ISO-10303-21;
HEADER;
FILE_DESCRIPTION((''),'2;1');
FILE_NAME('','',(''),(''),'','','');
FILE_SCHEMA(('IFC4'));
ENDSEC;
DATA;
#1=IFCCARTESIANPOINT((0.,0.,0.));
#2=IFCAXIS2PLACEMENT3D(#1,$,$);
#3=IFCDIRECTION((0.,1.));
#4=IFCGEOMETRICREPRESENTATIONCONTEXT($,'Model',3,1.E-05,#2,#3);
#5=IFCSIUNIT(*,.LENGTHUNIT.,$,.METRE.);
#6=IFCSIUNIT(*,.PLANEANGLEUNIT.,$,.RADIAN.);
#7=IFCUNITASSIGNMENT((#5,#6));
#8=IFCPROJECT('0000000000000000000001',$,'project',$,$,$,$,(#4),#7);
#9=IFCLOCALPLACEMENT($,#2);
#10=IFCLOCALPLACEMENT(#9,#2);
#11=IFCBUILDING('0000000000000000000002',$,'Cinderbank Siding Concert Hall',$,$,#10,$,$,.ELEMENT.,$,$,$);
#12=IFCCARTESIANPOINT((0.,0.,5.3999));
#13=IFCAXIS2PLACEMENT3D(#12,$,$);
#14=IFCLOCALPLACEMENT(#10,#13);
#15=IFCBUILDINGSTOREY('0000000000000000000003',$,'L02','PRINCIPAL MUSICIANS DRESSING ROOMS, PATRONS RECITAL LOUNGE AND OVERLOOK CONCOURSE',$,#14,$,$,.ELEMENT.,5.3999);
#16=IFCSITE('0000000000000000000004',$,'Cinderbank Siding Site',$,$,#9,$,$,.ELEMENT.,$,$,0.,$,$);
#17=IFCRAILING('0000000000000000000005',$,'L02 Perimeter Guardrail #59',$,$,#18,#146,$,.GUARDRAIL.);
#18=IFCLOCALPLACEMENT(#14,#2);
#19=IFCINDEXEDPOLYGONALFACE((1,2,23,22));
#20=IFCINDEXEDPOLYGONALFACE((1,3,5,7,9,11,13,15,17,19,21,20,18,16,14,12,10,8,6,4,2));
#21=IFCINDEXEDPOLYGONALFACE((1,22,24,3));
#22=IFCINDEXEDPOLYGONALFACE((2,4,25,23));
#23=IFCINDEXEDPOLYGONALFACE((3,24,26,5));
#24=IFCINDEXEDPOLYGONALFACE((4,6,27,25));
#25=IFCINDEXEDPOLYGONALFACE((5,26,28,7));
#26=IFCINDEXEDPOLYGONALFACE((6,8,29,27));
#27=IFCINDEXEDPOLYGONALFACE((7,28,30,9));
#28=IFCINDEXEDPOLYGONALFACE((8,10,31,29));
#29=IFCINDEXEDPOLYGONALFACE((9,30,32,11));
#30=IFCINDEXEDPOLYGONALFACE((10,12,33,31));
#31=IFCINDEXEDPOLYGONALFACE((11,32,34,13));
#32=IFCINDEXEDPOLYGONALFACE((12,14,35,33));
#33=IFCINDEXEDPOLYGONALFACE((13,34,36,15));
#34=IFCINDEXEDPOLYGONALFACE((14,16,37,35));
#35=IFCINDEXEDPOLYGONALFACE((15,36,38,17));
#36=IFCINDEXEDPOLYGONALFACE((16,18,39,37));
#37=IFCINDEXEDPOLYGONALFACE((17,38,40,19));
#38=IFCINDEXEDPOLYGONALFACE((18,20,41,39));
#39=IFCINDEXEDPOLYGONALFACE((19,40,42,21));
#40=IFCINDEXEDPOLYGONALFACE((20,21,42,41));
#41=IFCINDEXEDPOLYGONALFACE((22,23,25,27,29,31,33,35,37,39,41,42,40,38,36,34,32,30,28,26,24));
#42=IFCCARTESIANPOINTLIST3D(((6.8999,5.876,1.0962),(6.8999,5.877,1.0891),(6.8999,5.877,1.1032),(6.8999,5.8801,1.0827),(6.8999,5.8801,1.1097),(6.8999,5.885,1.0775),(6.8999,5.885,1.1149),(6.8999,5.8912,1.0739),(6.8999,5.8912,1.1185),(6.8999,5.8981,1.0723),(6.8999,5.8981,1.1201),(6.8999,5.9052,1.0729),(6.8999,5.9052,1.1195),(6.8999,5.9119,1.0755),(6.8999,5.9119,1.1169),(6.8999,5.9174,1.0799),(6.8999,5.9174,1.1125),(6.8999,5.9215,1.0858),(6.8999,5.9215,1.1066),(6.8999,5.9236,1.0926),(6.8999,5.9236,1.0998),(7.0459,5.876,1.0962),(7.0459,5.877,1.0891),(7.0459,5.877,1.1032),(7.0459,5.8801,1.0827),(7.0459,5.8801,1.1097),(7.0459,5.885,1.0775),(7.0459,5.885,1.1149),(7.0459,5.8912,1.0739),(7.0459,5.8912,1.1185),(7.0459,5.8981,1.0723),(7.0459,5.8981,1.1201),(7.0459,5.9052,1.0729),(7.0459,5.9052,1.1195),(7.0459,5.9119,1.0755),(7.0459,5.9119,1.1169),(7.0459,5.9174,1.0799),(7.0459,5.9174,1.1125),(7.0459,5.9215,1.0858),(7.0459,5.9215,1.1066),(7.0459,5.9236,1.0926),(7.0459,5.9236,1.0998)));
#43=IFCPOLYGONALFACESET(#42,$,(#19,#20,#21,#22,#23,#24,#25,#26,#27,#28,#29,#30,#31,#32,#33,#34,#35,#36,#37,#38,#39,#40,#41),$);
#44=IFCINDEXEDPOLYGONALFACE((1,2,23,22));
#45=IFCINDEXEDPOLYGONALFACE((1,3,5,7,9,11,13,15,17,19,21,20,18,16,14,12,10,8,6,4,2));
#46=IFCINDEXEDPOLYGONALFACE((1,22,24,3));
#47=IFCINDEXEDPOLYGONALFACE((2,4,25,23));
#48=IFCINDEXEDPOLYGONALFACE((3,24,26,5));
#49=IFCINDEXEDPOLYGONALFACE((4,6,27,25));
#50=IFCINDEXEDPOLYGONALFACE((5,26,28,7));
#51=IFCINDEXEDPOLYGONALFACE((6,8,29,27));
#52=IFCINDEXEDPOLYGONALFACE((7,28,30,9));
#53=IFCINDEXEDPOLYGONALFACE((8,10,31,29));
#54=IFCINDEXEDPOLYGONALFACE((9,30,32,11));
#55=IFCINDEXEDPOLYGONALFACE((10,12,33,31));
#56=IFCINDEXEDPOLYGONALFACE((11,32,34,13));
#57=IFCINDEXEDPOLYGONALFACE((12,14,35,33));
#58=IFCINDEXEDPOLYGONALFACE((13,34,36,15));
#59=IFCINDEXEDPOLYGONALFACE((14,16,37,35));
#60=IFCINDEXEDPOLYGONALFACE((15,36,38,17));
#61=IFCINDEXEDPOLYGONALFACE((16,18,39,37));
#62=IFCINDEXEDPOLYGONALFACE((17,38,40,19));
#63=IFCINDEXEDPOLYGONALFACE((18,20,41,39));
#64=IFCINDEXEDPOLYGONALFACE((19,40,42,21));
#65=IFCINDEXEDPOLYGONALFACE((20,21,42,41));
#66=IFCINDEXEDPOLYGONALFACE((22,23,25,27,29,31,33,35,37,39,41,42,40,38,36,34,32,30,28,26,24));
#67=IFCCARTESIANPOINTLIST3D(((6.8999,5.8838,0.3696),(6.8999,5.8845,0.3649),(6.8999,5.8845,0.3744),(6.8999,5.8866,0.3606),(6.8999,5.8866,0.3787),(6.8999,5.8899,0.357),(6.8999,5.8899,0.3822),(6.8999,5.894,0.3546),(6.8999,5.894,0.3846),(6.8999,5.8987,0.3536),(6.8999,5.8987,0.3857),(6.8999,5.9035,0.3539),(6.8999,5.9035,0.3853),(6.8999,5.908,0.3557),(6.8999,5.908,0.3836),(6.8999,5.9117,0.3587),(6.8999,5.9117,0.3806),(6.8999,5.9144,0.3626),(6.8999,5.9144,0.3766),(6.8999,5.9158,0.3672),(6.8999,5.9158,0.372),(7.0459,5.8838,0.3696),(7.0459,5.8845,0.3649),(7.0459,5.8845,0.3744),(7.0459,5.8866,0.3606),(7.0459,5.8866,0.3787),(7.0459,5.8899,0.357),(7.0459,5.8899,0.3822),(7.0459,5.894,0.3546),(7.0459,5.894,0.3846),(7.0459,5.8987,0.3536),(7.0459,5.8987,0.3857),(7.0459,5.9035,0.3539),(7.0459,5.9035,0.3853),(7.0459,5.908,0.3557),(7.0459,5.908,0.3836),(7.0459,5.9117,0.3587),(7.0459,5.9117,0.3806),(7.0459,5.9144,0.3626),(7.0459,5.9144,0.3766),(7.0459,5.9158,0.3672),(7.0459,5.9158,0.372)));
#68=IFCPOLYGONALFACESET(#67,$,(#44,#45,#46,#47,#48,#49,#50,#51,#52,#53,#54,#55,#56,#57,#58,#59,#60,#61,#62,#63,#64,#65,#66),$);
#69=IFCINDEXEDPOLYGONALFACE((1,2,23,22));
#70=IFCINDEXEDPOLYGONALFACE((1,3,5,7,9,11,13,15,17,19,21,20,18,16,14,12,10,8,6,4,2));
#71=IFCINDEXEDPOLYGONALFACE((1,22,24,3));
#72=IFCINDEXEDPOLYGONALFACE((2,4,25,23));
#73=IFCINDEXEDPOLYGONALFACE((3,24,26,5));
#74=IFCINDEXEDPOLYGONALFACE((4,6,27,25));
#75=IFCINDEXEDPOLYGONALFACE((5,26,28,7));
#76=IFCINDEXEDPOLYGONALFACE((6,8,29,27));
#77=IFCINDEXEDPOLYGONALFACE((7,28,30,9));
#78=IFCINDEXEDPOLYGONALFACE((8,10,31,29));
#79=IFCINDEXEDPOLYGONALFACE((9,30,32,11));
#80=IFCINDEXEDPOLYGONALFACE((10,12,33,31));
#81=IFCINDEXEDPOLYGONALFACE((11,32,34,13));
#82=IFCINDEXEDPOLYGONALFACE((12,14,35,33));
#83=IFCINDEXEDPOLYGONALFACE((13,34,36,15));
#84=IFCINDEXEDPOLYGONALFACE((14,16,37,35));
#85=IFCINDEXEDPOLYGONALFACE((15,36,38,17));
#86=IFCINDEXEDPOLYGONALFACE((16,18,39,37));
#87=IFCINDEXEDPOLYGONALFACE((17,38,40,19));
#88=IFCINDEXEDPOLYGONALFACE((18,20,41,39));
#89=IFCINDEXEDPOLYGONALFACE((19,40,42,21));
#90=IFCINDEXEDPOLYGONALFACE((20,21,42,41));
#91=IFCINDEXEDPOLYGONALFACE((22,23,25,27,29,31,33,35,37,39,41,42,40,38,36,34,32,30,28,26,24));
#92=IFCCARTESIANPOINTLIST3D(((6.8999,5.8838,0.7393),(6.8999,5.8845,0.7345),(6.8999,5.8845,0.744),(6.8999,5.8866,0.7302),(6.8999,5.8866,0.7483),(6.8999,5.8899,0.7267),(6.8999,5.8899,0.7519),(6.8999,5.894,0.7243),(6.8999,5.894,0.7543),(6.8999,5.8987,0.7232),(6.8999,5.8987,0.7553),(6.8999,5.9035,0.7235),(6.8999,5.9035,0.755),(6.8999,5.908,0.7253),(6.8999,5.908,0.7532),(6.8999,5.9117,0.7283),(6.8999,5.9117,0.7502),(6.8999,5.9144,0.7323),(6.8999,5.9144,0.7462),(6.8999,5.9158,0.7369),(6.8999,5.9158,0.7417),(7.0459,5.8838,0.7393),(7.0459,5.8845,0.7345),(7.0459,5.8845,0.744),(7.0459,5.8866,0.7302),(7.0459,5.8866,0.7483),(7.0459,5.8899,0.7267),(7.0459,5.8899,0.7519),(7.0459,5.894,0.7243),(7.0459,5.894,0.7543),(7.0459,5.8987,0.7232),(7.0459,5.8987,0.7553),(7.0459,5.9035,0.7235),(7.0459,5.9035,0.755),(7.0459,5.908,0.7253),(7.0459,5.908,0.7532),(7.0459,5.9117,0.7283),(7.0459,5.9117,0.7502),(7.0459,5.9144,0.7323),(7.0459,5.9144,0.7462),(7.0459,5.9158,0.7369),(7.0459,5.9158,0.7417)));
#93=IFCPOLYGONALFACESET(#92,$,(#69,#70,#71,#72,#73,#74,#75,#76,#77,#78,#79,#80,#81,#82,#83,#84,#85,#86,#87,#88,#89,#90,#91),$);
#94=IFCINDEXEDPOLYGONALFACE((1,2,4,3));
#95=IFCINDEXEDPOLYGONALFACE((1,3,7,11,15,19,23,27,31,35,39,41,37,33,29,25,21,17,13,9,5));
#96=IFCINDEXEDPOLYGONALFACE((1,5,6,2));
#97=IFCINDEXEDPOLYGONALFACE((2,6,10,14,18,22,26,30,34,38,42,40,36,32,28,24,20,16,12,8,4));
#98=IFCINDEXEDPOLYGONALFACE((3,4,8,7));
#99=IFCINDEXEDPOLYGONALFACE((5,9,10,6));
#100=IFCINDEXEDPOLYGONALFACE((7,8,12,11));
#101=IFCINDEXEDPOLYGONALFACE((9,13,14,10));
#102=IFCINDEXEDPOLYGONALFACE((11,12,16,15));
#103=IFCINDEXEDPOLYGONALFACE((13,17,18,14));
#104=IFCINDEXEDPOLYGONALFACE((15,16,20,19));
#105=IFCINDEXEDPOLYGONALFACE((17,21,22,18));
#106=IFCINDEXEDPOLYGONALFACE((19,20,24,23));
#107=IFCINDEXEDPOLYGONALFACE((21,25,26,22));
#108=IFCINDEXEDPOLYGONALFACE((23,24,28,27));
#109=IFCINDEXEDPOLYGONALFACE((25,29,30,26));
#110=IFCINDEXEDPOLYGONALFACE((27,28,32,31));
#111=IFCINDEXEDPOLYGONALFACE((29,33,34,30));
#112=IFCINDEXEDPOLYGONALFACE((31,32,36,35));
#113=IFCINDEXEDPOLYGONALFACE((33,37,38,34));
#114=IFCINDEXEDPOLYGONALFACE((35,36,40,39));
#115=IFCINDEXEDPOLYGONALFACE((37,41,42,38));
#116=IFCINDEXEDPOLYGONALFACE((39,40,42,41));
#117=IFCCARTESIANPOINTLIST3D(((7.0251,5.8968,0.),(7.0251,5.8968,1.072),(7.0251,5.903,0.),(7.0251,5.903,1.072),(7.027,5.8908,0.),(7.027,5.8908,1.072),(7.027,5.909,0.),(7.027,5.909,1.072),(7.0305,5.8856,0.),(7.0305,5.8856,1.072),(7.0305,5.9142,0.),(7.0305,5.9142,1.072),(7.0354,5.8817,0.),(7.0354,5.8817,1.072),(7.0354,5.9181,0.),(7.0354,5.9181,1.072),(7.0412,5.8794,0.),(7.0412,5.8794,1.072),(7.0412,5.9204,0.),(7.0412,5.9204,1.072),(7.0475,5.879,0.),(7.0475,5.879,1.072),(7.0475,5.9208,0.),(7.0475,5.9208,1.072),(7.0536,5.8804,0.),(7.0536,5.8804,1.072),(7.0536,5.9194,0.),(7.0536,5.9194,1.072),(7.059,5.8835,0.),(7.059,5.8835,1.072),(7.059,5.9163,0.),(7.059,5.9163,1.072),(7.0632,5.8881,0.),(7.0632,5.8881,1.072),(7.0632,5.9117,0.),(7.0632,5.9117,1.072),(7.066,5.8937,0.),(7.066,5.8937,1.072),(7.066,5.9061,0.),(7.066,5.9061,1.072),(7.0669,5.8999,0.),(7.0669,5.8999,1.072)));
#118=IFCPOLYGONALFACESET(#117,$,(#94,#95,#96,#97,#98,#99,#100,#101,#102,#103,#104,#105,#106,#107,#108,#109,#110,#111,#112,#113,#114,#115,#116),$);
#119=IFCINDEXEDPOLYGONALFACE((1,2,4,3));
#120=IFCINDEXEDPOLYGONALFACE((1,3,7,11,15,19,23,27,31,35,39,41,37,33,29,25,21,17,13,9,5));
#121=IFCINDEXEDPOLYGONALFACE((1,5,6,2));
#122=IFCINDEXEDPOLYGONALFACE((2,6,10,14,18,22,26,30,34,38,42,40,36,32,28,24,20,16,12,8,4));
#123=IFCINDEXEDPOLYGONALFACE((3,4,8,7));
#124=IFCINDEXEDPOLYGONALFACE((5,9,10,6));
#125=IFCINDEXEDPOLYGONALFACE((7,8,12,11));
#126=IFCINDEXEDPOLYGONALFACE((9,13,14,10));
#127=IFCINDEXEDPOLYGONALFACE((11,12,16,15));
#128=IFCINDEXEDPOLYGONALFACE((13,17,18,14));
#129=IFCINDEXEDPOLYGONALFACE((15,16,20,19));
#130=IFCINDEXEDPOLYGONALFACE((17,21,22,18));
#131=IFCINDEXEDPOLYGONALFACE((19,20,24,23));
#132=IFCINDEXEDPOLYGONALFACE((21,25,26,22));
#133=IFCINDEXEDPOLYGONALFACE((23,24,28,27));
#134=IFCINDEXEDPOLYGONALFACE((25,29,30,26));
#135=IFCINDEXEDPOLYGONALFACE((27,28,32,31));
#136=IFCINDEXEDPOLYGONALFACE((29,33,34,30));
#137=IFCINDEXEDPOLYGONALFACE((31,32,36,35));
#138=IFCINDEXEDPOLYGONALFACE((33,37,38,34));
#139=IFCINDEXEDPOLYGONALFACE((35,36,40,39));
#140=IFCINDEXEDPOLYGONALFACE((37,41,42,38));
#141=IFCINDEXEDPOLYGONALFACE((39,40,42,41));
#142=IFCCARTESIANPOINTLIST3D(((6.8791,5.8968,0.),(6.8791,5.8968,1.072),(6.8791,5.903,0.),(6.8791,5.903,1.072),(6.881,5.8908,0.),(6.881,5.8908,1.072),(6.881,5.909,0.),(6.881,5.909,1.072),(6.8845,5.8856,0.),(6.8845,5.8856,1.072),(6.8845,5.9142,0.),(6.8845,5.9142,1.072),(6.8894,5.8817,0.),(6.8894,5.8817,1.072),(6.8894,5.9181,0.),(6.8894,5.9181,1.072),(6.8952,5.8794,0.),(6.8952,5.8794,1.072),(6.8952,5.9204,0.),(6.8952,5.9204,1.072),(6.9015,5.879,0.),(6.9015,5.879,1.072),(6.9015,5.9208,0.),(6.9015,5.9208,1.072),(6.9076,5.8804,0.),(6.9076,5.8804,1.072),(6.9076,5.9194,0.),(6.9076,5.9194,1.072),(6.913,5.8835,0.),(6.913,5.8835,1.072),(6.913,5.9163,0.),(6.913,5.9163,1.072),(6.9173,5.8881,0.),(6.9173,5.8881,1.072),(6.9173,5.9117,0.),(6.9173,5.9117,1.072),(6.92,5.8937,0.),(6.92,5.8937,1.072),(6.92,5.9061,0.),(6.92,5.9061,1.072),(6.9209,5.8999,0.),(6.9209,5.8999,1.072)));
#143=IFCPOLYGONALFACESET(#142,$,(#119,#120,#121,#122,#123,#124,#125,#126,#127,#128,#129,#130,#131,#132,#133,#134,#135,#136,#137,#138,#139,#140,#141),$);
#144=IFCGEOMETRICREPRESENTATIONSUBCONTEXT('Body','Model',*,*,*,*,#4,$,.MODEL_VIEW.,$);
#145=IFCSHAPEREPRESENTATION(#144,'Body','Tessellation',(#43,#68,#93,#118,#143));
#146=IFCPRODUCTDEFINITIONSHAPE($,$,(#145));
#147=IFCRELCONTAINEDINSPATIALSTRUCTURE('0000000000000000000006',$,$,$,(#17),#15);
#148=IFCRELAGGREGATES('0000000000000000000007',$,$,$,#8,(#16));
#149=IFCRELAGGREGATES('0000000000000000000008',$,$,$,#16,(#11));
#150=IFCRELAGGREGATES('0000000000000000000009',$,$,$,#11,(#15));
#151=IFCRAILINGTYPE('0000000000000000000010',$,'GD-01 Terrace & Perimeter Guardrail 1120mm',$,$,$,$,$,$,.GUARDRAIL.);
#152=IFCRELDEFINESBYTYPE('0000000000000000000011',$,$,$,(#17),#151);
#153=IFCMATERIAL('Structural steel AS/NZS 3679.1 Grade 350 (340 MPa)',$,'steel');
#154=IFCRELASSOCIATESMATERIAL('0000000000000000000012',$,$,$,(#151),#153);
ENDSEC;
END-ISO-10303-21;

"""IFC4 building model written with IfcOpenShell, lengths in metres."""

from ifc_helpers import new_model, si_unit, direction, frame, origin, origin_2d, place, context, subcontext, project, spatial, circle, extrude, material, type_object, element, save


model = new_model("IFC4")

# Units and contexts
model_context = context("Model", 3, precision=1e-05, world=origin(), true_north=direction((0.0, 1.0)))
body_context = subcontext(model_context, "Body", "Model", "MODEL_VIEW")
ifc_project = project(units=[si_unit("LENGTHUNIT", "METRE"), si_unit("PLANEANGLEUNIT", "RADIAN")], contexts=[model_context])

# Site, building, storey
site_placement = place(None, origin())
site = spatial("IfcSite", under=ifc_project, at=site_placement, Name="Cinderbank Siding Site", CompositionType="ELEMENT", RefElevation=0.0)
building_placement = place(site_placement, origin())
building = spatial("IfcBuilding", under=site, at=building_placement, Name="Cinderbank Siding Concert Hall", CompositionType="ELEMENT")
storey_placement = place(building_placement, frame((0.0, 0.0, 5.3999)))
storey = spatial("IfcBuildingStorey", under=building, at=storey_placement, Name="L02", Description="PRINCIPAL MUSICIANS DRESSING ROOMS, PATRONS RECITAL LOUNGE AND OVERLOOK CONCOURSE", CompositionType="ELEMENT", Elevation=5.3999)

# Shared definitions
ifc_material_1 = material(Name="Structural steel AS/NZS 3679.1 Grade 350 (340 MPa)", Category="steel")

# Railing
railing_type = type_object("IfcRailingType", Name="GD-01 Terrace & Perimeter Guardrail 1120mm", PredefinedType="GUARDRAIL", material=ifc_material_1)
railing_1_placement = place(storey_placement, frame((7.0459, 5.8999, 0.0)))
element("IfcRailing", 1, at=railing_1_placement, inside=storey, type_object=railing_type, Name="L02 Perimeter Guardrail #59", PredefinedType="GUARDRAIL", context=body_context, shape_type="SweptSolid", body=[
    extrude(circle(Radius=0.0239, at=origin_2d()), frame((0.0, 0.0, 1.0962), z_axis=(-1.0, 0.0, 0.0), x_axis=(0.0, -1.0, 0.0)), (0.0, 0.0, 1.0), 0.146),
    extrude(circle(Radius=0.0161, at=origin_2d()), frame((0.0, 0.0, 0.3696), z_axis=(-1.0, 0.0, 0.0), x_axis=(0.0, -1.0, 0.0)), (0.0, 0.0, 1.0), 0.146),
    extrude(circle(Radius=0.0161, at=origin_2d()), frame((0.0, 0.0, 0.7393), z_axis=(-1.0, 0.0, 0.0), x_axis=(0.0, -1.0, 0.0)), (0.0, 0.0, 1.0), 0.146),
    extrude(circle(Radius=0.021, at=origin_2d()), origin(), (0.0, 0.0, 1.0), 1.072),
    extrude(circle(Radius=0.021, at=origin_2d()), frame((-0.146, 0.0, 0.0)), (0.0, 0.0, 1.0), 1.072),
])

save(model, "model.ifc")
